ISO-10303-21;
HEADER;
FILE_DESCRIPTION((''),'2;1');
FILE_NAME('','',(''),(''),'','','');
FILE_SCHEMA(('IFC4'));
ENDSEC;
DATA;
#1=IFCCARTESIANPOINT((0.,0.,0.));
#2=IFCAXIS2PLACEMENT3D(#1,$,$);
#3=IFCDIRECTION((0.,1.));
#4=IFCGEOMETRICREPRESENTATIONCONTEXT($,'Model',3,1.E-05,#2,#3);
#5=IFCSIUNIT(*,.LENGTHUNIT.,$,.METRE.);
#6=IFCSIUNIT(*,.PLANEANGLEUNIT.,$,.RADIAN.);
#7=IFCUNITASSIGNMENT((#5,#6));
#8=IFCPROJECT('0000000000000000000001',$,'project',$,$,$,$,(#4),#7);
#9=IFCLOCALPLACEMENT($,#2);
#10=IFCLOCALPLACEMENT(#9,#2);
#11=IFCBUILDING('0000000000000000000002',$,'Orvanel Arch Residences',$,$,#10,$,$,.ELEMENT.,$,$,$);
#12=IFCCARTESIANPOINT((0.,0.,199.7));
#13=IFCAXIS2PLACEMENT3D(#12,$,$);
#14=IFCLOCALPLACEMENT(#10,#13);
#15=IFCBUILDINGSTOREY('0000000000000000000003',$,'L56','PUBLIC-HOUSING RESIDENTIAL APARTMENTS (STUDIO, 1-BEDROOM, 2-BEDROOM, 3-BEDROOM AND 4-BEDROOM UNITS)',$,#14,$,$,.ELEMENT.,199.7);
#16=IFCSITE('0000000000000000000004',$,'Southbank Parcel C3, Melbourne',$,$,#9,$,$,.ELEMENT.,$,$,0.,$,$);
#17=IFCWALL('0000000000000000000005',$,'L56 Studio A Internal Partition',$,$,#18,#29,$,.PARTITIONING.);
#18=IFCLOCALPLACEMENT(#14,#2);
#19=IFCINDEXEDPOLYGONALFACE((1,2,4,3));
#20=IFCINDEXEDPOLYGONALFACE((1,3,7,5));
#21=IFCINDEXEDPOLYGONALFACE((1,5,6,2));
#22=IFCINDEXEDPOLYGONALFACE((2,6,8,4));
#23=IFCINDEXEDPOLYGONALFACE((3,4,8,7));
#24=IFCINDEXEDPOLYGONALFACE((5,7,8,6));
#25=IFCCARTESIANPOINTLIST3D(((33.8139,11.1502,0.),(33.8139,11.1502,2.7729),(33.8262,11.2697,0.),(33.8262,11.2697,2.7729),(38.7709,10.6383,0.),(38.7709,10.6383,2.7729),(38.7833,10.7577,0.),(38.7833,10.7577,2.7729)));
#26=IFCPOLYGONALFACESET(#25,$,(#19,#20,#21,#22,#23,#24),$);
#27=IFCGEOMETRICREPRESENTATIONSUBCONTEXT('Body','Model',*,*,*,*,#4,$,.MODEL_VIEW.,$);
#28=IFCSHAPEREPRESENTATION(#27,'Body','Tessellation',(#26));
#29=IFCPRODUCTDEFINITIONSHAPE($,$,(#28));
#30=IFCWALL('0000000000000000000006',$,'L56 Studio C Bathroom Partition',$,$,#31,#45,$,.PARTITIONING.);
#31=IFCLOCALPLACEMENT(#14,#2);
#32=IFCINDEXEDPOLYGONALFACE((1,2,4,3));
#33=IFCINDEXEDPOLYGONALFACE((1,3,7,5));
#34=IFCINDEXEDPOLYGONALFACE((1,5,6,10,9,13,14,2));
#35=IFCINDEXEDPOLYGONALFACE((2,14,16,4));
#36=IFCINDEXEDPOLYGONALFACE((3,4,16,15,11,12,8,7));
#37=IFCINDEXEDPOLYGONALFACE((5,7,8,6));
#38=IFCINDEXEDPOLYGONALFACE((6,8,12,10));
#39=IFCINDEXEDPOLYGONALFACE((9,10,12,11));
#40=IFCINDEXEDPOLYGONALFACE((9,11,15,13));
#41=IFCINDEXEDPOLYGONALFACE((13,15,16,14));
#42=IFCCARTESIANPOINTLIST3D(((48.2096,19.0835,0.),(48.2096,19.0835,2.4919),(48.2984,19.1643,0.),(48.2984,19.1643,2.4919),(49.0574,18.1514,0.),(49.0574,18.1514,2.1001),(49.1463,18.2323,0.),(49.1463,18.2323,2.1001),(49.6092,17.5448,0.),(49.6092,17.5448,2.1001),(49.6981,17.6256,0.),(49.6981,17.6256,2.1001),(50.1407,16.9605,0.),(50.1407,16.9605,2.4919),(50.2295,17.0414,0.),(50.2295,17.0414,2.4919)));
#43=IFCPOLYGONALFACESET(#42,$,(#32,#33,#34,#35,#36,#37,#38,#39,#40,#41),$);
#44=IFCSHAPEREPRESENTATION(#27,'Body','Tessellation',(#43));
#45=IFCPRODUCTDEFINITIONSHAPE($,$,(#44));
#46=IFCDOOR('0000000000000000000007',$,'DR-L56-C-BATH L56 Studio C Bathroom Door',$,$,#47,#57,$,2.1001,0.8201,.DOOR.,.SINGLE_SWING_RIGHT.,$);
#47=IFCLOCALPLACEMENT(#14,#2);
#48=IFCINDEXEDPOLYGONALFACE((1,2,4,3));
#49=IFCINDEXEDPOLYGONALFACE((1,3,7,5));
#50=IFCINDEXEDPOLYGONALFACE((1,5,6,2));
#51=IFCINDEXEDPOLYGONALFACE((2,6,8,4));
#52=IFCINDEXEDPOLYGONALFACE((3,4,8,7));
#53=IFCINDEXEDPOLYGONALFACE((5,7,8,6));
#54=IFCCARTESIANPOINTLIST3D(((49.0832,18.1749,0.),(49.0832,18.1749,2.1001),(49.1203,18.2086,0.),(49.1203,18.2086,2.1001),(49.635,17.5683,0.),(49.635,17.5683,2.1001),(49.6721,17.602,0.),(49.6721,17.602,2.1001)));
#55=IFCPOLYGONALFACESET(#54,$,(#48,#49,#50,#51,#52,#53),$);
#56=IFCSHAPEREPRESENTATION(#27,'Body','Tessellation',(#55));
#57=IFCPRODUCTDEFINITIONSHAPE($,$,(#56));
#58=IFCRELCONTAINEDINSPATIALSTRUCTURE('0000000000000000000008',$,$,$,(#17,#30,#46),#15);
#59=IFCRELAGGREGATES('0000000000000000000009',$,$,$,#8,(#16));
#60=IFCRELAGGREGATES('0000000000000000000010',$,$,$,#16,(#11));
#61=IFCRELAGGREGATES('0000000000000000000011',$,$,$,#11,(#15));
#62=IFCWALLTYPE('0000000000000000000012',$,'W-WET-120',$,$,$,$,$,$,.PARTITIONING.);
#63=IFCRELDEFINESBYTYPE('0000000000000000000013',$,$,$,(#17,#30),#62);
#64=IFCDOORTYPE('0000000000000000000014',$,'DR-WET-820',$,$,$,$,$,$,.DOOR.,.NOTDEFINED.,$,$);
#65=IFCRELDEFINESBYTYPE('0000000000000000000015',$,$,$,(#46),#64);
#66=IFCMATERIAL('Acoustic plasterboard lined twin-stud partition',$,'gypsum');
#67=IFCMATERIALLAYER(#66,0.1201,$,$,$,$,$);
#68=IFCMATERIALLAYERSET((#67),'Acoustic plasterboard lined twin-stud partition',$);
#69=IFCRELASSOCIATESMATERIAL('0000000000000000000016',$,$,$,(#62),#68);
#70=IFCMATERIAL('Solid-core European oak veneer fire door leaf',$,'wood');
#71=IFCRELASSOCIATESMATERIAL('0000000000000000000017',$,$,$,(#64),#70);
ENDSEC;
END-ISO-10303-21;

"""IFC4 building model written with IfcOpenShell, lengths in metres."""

from ifc_helpers import new_model, si_unit, direction, frame, frame_2d, origin, place, context, subcontext, project, spatial, rectangle, extrude, material, layer, layer_set, type_object, element, fill, save


model = new_model("IFC4")

# Units and contexts
model_context = context("Model", 3, precision=1e-05, world=origin(), true_north=direction((0.0, 1.0)))
body_context = subcontext(model_context, "Body", "Model", "MODEL_VIEW")
ifc_project = project(units=[si_unit("LENGTHUNIT", "METRE"), si_unit("PLANEANGLEUNIT", "RADIAN")], contexts=[model_context])

# Site, building, storey
site_placement = place(None, origin())
site = spatial("IfcSite", under=ifc_project, at=site_placement, Name="Southbank Parcel C3, Melbourne", CompositionType="ELEMENT", RefElevation=0.0)
building_placement = place(site_placement, origin())
building = spatial("IfcBuilding", under=site, at=building_placement, Name="Orvanel Arch Residences", CompositionType="ELEMENT")
storey_placement = place(building_placement, frame((0.0, 0.0, 199.7)))
storey = spatial("IfcBuildingStorey", under=building, at=storey_placement, Name="L56", Description="PUBLIC-HOUSING RESIDENTIAL APARTMENTS (STUDIO, 1-BEDROOM, 2-BEDROOM, 3-BEDROOM AND 4-BEDROOM UNITS)", CompositionType="ELEMENT", Elevation=199.7)

# Shared definitions
ifc_material_1 = material(Name="Solid-core European oak veneer fire door leaf", Category="wood")

# Shared definitions
ifc_material_2 = material(Name="Acoustic plasterboard lined twin-stud partition", Category="gypsum")

# Shared definitions
ifc_layer_1 = layer(ifc_material_2, 0.1201)
ifc_layer_set_1 = layer_set([ifc_layer_1], Name="Acoustic plasterboard lined twin-stud partition")
wall_type_1 = type_object("IfcWallType", Name="W-WET-120", PredefinedType="PARTITIONING", material=ifc_layer_set_1)
door_type_1 = type_object("IfcDoorType", Name="DR-WET-820", OperationType="NOTDEFINED", PredefinedType="DOOR", material=ifc_material_1)

# Wall
wall_1_placement = place(storey_placement, frame((38.7771, 10.698, 0.0), z_axis=(0.0, 0.0, 1.0), x_axis=(-0.994709, 0.102734, 0.0)))
element("IfcWall", 1, at=wall_1_placement, inside=storey, type_object=wall_type_1, Name="L56 Studio A Internal Partition", PredefinedType="PARTITIONING", context=body_context, shape_type="SweptSolid", body=[
    extrude(rectangle(XDim=4.9834, YDim=0.1201, at=frame_2d((2.4917, 0.0))), origin(), (0.0, 0.0, 1.0), 2.7729),
])

# Wall, opening, door
wall_2_placement = place(storey_placement, frame((48.2539, 19.124, 0.0), z_axis=(0.0, 0.0, 1.0), x_axis=(0.672884, -0.739748, 0.0)))
wall_2 = element("IfcWall", 2, at=wall_2_placement, inside=storey, type_object=wall_type_1, Name="L56 Studio C Bathroom Partition", PredefinedType="PARTITIONING", context=body_context, shape_type="SweptSolid", body=[
    extrude(rectangle(XDim=2.8699, YDim=0.1201, at=frame_2d((1.4351, 0.0))), origin(), (0.0, 0.0, 1.0), 2.4919),
])
opening_1_placement = place(wall_2_placement, frame((1.26, 0.0, 0.0)))
opening_1 = element("IfcOpeningElement", 3, at=opening_1_placement, cuts=wall_2, PredefinedType="OPENING", context=body_context, shape_type="SweptSolid", body=[
    extrude(rectangle(XDim=0.8201, YDim=2.1001, at=frame_2d((0.4102, 1.05))), frame((0.0, 0.0701, 0.0), z_axis=(0.0, -1.0, 0.0), x_axis=(1.0, 0.0, 0.0)), (0.0, 0.0, 1.0), 0.1401),
])
door_1_placement = place(opening_1_placement, origin())
door_1 = element("IfcDoor", 4, at=door_1_placement, inside=storey, type_object=door_type_1, Name="DR-L56-C-BATH L56 Studio C Bathroom Door", OperationType="SINGLE_SWING_RIGHT", OverallHeight=2.1001, OverallWidth=0.8201, PredefinedType="DOOR", context=body_context, shape_type="SweptSolid", body=[
    extrude(rectangle(XDim=0.8201, YDim=2.1001, at=frame_2d((0.4102, 1.05))), frame((0.0, 0.0249, 0.0), z_axis=(0.0, -1.0, 0.0), x_axis=(1.0, 0.0, 0.0)), (0.0, 0.0, 1.0), 0.05),
])
fill(opening_1, door_1)

save(model, "model.ifc")
